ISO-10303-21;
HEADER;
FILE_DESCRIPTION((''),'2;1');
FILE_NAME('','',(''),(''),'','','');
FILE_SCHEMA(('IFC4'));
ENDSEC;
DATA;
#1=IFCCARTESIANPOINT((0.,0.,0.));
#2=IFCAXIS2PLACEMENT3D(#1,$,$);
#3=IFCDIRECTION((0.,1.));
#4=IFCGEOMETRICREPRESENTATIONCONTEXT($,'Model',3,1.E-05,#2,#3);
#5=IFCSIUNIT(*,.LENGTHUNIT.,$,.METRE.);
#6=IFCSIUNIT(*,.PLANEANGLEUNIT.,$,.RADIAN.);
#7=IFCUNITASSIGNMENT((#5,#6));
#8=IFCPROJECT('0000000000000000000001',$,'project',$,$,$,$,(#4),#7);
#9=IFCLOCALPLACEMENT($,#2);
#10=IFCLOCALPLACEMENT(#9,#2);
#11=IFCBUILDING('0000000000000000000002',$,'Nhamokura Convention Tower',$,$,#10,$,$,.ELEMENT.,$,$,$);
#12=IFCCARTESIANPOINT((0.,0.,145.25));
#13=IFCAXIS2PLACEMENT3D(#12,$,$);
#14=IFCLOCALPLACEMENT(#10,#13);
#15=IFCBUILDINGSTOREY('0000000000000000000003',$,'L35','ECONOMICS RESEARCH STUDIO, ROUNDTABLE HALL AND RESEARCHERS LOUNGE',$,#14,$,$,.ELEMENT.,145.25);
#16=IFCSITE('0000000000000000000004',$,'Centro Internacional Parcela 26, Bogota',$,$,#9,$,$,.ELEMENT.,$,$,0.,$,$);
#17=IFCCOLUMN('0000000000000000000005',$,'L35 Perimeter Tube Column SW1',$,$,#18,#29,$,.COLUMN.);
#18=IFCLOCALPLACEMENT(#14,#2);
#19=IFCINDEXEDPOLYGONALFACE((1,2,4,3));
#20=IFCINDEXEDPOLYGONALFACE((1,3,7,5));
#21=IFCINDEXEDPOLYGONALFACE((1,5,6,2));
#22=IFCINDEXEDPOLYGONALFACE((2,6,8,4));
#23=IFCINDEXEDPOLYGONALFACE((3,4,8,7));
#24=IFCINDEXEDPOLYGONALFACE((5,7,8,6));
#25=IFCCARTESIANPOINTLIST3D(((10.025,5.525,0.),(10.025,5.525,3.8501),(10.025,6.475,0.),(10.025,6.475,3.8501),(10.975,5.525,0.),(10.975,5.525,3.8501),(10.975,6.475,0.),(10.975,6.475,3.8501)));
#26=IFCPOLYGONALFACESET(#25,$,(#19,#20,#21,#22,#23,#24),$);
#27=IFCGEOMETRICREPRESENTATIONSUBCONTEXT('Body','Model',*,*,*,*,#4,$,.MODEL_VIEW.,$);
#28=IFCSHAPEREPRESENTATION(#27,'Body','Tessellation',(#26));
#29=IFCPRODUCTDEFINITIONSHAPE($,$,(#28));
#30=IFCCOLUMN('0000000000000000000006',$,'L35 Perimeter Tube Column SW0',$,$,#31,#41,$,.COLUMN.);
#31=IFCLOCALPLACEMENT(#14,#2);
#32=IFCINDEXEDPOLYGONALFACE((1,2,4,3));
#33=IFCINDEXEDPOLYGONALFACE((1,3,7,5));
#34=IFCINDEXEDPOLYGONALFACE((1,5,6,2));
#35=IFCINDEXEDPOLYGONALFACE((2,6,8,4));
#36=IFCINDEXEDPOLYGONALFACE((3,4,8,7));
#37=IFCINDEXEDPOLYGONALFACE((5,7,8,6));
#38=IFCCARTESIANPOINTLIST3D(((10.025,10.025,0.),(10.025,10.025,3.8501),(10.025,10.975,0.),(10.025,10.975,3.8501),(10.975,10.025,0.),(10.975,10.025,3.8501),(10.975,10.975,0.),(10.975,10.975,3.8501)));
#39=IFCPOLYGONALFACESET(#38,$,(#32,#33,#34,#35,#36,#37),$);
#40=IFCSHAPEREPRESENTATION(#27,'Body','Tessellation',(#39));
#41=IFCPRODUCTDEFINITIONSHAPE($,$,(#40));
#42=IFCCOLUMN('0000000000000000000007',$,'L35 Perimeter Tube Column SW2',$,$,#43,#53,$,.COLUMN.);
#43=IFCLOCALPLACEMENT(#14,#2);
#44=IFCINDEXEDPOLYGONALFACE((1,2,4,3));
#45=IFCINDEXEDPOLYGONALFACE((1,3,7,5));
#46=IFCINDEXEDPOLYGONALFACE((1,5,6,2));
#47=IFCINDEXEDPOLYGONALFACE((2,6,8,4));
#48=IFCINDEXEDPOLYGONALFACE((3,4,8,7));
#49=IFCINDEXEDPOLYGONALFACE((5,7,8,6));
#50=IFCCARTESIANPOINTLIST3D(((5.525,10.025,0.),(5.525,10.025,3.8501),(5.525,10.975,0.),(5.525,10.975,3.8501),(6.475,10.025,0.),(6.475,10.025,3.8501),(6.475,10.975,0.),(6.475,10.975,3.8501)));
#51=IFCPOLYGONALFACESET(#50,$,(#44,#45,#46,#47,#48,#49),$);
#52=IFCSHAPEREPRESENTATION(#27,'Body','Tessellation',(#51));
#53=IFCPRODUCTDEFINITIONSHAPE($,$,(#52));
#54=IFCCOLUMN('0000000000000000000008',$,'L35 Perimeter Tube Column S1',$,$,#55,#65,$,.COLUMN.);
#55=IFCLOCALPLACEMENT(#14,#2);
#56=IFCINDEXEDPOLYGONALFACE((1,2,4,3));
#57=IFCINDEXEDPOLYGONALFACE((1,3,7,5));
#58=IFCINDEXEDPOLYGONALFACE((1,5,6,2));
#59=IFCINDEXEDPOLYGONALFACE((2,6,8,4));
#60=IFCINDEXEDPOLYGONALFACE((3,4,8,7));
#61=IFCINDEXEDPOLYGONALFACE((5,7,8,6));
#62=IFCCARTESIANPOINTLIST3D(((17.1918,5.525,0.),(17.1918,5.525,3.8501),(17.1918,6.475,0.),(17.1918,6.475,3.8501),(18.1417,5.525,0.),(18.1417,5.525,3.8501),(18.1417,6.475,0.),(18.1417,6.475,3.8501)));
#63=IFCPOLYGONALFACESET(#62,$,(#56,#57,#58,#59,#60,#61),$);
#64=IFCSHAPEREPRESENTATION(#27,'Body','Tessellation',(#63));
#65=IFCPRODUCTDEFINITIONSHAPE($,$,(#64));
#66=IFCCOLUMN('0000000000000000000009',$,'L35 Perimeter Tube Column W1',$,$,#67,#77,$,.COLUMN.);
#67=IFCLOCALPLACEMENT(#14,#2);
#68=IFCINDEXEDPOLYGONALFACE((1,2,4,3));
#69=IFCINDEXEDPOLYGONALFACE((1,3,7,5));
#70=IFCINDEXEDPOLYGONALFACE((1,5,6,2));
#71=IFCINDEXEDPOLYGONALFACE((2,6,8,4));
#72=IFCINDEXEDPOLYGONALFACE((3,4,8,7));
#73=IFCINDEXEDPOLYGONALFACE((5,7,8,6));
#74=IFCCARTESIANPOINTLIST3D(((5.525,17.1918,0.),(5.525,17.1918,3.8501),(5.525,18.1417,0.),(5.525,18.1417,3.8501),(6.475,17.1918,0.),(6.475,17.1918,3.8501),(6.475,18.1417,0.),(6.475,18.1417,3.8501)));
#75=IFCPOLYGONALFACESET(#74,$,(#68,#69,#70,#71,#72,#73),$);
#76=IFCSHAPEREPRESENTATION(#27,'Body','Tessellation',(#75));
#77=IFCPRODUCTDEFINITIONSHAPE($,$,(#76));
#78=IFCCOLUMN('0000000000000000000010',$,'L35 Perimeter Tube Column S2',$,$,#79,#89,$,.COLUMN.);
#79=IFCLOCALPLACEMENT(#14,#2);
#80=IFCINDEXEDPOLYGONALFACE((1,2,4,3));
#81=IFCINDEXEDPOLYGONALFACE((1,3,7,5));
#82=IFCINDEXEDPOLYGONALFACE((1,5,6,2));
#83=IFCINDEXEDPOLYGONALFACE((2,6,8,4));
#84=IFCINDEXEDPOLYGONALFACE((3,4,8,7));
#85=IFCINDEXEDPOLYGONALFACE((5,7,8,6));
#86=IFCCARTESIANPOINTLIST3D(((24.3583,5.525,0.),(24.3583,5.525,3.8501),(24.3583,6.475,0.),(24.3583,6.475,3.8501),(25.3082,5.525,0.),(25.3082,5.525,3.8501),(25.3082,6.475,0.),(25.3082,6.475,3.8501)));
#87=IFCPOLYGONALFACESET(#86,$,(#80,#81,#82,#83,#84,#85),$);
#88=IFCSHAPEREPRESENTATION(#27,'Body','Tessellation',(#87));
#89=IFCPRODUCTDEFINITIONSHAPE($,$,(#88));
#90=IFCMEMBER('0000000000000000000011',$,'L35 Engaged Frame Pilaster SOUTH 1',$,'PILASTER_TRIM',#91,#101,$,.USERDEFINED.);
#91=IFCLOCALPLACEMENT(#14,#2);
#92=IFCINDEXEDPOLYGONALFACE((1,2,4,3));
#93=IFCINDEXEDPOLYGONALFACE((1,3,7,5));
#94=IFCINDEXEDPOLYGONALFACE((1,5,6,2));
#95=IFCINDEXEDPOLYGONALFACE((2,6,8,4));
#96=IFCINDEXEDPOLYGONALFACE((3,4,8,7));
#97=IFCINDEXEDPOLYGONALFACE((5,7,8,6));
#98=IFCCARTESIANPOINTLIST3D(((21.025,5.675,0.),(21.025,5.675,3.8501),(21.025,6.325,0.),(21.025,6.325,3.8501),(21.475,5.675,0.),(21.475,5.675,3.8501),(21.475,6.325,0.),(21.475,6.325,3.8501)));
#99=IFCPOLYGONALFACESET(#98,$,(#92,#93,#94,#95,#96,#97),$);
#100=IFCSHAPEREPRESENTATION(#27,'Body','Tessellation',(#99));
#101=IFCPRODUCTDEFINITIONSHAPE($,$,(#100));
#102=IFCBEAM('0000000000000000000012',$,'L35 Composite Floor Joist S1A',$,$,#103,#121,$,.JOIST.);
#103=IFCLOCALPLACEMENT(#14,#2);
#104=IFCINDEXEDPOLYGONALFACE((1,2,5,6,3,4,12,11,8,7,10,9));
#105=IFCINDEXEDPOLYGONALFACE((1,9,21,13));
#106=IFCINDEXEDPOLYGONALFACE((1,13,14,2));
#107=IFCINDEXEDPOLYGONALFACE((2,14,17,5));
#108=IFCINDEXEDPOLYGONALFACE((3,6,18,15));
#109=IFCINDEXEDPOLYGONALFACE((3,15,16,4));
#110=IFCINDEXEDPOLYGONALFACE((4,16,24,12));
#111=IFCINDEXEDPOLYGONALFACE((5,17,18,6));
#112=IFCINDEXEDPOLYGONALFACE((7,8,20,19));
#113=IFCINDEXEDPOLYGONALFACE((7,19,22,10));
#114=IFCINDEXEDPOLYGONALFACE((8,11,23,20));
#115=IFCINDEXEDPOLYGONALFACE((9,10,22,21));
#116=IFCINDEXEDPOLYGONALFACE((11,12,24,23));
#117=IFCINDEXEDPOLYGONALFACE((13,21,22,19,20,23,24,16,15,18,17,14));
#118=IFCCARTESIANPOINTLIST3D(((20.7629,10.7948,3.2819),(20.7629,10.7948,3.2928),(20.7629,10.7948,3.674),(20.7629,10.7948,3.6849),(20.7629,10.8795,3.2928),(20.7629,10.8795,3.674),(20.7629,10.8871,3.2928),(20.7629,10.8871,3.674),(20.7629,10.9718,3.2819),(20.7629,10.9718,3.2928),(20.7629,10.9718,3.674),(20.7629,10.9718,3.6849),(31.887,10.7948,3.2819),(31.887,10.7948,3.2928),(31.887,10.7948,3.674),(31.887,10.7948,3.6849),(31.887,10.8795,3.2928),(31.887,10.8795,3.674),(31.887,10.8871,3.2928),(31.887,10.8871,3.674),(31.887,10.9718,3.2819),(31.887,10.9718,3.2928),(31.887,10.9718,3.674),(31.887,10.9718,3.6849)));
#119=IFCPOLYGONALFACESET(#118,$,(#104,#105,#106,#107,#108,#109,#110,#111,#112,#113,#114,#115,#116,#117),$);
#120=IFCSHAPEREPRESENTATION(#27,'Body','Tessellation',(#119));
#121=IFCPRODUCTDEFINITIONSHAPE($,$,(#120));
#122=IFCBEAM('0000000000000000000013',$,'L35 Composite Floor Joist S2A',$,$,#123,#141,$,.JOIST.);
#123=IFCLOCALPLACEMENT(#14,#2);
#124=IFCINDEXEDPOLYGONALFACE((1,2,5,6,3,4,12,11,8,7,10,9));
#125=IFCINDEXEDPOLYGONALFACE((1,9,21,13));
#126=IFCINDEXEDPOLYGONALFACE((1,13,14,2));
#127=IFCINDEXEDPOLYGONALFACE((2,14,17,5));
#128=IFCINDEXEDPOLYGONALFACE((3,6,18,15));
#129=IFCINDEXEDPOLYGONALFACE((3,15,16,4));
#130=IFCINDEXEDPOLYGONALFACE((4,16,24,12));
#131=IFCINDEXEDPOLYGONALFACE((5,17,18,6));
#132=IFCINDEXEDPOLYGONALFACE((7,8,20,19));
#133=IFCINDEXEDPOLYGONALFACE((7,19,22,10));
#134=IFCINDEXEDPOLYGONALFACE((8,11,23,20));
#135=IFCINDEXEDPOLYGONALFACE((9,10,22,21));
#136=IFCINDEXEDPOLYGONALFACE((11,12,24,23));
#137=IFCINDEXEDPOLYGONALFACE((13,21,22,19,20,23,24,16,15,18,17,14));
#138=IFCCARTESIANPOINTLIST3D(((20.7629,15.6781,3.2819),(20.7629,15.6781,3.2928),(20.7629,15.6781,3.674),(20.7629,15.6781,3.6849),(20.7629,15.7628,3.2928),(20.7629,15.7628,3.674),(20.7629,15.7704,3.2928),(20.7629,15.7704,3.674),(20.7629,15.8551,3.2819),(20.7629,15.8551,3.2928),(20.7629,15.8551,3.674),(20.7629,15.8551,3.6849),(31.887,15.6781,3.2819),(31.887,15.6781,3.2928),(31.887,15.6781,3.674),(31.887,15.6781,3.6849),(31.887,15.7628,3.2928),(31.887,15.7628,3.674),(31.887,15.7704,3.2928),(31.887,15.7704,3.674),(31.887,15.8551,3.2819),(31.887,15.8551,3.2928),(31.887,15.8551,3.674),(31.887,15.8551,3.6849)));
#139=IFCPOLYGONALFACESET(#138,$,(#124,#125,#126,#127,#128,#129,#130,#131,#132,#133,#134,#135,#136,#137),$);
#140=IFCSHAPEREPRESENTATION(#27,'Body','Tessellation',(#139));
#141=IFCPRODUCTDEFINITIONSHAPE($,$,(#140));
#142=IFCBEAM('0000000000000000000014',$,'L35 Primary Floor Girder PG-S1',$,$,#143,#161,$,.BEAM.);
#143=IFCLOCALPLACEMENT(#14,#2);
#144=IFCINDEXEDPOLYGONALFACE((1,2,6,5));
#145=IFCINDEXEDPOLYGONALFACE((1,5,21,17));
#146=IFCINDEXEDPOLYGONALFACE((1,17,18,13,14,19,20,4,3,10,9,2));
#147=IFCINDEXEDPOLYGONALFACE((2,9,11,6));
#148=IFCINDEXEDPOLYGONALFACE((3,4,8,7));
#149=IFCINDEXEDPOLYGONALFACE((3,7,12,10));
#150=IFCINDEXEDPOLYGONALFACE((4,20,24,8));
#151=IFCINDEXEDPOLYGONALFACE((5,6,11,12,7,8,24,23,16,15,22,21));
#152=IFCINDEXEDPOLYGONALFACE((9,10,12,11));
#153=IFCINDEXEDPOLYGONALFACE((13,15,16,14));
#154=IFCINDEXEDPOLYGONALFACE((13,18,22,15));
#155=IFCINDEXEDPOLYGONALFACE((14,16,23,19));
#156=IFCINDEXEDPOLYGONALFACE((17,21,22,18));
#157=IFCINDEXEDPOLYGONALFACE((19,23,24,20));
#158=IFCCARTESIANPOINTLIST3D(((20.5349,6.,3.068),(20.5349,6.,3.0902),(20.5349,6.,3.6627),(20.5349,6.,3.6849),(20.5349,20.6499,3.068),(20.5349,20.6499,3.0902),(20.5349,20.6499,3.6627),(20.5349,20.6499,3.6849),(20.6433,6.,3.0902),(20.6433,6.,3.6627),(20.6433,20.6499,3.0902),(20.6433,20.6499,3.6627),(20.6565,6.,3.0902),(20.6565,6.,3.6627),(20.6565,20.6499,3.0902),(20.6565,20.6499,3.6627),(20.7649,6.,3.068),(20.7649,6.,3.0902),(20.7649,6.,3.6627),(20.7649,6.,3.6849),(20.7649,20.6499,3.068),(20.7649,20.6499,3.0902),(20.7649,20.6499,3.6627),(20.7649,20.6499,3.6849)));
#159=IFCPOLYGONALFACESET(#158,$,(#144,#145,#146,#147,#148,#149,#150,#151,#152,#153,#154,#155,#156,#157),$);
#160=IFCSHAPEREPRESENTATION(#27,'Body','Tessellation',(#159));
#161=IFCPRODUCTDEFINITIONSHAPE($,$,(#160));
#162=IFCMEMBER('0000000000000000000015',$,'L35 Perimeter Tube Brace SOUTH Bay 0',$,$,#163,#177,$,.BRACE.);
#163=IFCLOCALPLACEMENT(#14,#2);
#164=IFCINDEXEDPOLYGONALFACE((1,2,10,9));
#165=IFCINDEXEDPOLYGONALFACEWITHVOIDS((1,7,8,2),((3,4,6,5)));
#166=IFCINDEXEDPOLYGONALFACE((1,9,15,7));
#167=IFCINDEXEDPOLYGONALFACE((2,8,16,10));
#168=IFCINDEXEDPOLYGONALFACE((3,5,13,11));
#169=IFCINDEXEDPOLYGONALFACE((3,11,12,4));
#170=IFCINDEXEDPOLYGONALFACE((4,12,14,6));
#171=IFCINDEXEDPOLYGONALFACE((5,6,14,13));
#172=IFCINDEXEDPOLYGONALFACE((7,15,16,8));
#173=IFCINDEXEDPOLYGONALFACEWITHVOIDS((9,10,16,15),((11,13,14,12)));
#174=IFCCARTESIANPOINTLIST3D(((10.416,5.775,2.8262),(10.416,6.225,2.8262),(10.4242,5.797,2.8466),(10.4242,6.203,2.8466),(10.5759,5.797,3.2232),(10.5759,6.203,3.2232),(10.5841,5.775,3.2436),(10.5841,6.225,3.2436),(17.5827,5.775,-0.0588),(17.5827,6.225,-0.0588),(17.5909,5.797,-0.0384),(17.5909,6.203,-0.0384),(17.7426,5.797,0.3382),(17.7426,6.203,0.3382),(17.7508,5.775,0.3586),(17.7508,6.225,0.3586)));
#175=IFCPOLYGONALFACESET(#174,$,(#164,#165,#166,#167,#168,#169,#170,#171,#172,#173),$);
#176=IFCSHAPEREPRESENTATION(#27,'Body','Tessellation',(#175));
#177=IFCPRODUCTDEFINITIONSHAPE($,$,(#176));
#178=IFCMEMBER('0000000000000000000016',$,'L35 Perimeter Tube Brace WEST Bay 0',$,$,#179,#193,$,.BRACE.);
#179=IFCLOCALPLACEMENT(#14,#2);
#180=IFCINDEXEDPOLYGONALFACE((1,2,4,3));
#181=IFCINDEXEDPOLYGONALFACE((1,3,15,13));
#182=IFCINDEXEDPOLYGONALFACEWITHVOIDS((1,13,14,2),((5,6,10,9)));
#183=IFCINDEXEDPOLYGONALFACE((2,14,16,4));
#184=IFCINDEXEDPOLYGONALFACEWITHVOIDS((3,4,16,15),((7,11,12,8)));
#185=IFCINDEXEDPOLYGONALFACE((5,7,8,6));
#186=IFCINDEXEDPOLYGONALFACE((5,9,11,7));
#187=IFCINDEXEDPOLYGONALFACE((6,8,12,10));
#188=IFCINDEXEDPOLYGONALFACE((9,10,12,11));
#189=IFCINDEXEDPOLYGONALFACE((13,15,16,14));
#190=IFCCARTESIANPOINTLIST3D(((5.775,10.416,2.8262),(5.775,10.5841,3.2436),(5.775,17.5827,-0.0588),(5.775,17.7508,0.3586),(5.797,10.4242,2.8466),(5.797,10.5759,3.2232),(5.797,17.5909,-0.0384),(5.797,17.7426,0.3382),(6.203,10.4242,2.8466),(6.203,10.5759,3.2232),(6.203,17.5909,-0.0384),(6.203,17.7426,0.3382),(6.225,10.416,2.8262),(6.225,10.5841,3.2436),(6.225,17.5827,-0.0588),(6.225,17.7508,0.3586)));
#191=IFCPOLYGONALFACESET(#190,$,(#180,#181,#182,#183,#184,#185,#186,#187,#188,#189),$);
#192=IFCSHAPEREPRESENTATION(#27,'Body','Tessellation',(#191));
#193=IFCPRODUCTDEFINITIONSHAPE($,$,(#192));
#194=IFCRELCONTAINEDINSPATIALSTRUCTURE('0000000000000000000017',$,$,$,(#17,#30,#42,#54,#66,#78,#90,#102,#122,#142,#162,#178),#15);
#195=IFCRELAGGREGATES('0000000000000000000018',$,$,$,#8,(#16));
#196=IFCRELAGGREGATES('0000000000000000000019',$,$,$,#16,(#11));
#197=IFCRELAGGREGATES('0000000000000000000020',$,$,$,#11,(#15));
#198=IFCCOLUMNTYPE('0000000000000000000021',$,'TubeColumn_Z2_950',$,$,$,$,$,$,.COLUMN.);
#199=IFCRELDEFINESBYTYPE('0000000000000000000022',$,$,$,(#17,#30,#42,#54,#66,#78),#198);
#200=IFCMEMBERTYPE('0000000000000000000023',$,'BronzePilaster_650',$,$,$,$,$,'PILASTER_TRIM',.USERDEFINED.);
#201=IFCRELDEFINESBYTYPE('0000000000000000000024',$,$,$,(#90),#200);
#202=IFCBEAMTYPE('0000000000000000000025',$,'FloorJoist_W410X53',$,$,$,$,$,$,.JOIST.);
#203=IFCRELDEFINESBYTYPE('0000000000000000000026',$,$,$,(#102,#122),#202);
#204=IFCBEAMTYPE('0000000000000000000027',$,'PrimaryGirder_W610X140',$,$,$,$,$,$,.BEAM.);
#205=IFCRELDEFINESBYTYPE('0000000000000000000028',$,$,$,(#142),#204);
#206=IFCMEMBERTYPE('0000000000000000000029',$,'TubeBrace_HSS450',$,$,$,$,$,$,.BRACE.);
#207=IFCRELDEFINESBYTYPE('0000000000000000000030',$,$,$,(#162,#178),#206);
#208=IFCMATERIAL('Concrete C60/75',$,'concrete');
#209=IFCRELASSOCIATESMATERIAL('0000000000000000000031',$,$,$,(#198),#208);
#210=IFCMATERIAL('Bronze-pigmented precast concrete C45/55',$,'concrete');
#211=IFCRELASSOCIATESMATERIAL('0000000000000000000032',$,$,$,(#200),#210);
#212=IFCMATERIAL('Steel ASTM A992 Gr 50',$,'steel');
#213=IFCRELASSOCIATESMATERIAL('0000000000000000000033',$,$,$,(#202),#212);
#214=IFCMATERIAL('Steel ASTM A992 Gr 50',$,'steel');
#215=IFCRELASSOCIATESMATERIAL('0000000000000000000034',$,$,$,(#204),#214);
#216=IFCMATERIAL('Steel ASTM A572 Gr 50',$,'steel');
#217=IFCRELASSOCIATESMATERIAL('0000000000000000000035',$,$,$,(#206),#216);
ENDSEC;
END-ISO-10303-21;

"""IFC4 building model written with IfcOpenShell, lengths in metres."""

from ifc_helpers import new_model, si_unit, direction, frame, origin, origin_2d, place, context, subcontext, project, spatial, rectangle, hollow_rectangle, i_section, extrude, material, material_profile, profile_set, type_object, element, save


model = new_model("IFC4")

# Units and contexts
model_context = context("Model", 3, precision=1e-05, world=origin(), true_north=direction((0.0, 1.0)))
body_context = subcontext(model_context, "Body", "Model", "MODEL_VIEW")
ifc_project = project(units=[si_unit("LENGTHUNIT", "METRE"), si_unit("PLANEANGLEUNIT", "RADIAN")], contexts=[model_context])

# Site, building, storey
site_placement = place(None, origin())
site = spatial("IfcSite", under=ifc_project, at=site_placement, Name="Centro Internacional Parcela 26, Bogota", CompositionType="ELEMENT", RefElevation=0.0)
building_placement = place(site_placement, origin())
building = spatial("IfcBuilding", under=site, at=building_placement, Name="Nhamokura Convention Tower", CompositionType="ELEMENT")
storey_placement = place(building_placement, frame((0.0, 0.0, 145.25)))
storey = spatial("IfcBuildingStorey", under=building, at=storey_placement, Name="L35", Description="ECONOMICS RESEARCH STUDIO, ROUNDTABLE HALL AND RESEARCHERS LOUNGE", CompositionType="ELEMENT", Elevation=145.25)

# Columns
ifc_material_1 = material(Name="Concrete C60/75", Category="concrete")
ifc_material_profile_1 = material_profile(ifc_material_1, rectangle(XDim=0.95, YDim=0.95, at=origin_2d()))
ifc_profile_set_1 = profile_set([ifc_material_profile_1], Name="Concrete C60/75")
column_type = type_object("IfcColumnType", Name="TubeColumn_Z2_950", PredefinedType="COLUMN", material=ifc_profile_set_1)
for number, where, z_axis, x_axis, name in (
    (1, (10.5, 6.0, 0.0), (0.0, 0.0, 1.0), (1.0, 0.0, 0.0), "L35 Perimeter Tube Column SW1"),
    (2, (10.5, 10.5, 0.0), (0.0, 0.0, 1.0), (1.0, 0.0, 0.0), "L35 Perimeter Tube Column SW0"),
    (3, (6.0, 10.5, 0.0), (0.0, 0.0, 1.0), (1.0, 0.0, 0.0), "L35 Perimeter Tube Column SW2"),
    (4, (17.6667, 6.0, 0.0), (0.0, 0.0, 1.0), (1.0, 0.0, 0.0), "L35 Perimeter Tube Column S1"),
    (5, (6.0, 17.6667, 0.0), (0.0, 0.0, 1.0), (1.0, 0.0, 0.0), "L35 Perimeter Tube Column W1"),
    (6, (24.8333, 6.0, 0.0), (0.0, 0.0, 1.0), (1.0, 0.0, 0.0), "L35 Perimeter Tube Column S2"),
):
    element("IfcColumn", number, at=place(storey_placement, frame(where, z_axis=z_axis, x_axis=x_axis)), inside=storey, type_object=column_type, Name=name, PredefinedType="COLUMN", context=body_context, shape_type="SweptSolid", body=[
        extrude(rectangle(XDim=0.95, YDim=0.95, at=origin_2d()), origin(), (0.0, 0.0, 1.0), 3.8501),
    ])

# Member
ifc_material_2 = material(Name="Bronze-pigmented precast concrete C45/55", Category="concrete")
ifc_material_profile_2 = material_profile(ifc_material_2, rectangle(XDim=0.45, YDim=0.6499, at=origin_2d()))
ifc_profile_set_2 = profile_set([ifc_material_profile_2], Name="Bronze-pigmented precast concrete C45/55")
member_type_1 = type_object("IfcMemberType", Name="BronzePilaster_650", ElementType="PILASTER_TRIM", PredefinedType="USERDEFINED", material=ifc_profile_set_2)
member_placement = place(storey_placement, frame((21.25, 6.0, 0.0), z_axis=(0.0, 0.0, 1.0), x_axis=(1.0, 0.0, 0.0)))
element("IfcMember", 7, at=member_placement, inside=storey, type_object=member_type_1, Name="L35 Engaged Frame Pilaster SOUTH 1", ObjectType="PILASTER_TRIM", PredefinedType="USERDEFINED", context=body_context, shape_type="SweptSolid", body=[
    extrude(rectangle(XDim=0.45, YDim=0.6499, at=origin_2d()), origin(), (0.0, 0.0, 1.0), 3.8501),
])

# Beams
ifc_material_3 = material(Name="Steel ASTM A992 Gr 50", Category="steel")
ifc_material_profile_3 = material_profile(ifc_material_3, i_section(OverallWidth=0.177, OverallDepth=0.4031, WebThickness=0.0076, FlangeThickness=0.011, at=origin_2d()))
ifc_profile_set_3 = profile_set([ifc_material_profile_3], Name="Steel ASTM A992 Gr 50")
beam_type_1 = type_object("IfcBeamType", Name="FloorJoist_W410X53", PredefinedType="JOIST", material=ifc_profile_set_3)
for number, where, z_axis, x_axis, name in (
    (8, (20.7629, 10.8833, 3.4834), (1.0, 0.0, 0.0), (0.0, 1.0, 0.0), "L35 Composite Floor Joist S1A"),
    (9, (20.7629, 15.7666, 3.4834), (1.0, 0.0, 0.0), (0.0, 1.0, 0.0), "L35 Composite Floor Joist S2A"),
):
    element("IfcBeam", number, at=place(storey_placement, frame(where, z_axis=z_axis, x_axis=x_axis)), inside=storey, type_object=beam_type_1, Name=name, PredefinedType="JOIST", context=body_context, shape_type="SweptSolid", body=[
        extrude(i_section(OverallWidth=0.177, OverallDepth=0.4031, WebThickness=0.0076, FlangeThickness=0.011, at=origin_2d()), origin(), (0.0, 0.0, 1.0), 11.124),
    ])
ifc_material_4 = material(Name="Steel ASTM A992 Gr 50", Category="steel")
ifc_material_profile_4 = material_profile(ifc_material_4, i_section(OverallWidth=0.23, OverallDepth=0.6169, WebThickness=0.0132, FlangeThickness=0.0222, at=origin_2d()))
ifc_profile_set_4 = profile_set([ifc_material_profile_4], Name="Steel ASTM A992 Gr 50")
beam_type_2 = type_object("IfcBeamType", Name="PrimaryGirder_W610X140", PredefinedType="BEAM", material=ifc_profile_set_4)
beam_1_placement = place(storey_placement, frame((20.6499, 6.0, 3.3765), z_axis=(0.0, 1.0, 0.0), x_axis=(-1.0, 0.0, 0.0)))
element("IfcBeam", 10, at=beam_1_placement, inside=storey, type_object=beam_type_2, Name="L35 Primary Floor Girder PG-S1", PredefinedType="BEAM", context=body_context, shape_type="SweptSolid", body=[
    extrude(i_section(OverallWidth=0.23, OverallDepth=0.6169, WebThickness=0.0132, FlangeThickness=0.0222, at=origin_2d()), origin(), (0.0, 0.0, 1.0), 14.6499),
])

# Members
ifc_material_5 = material(Name="Steel ASTM A572 Gr 50", Category="steel")
ifc_material_profile_5 = material_profile(ifc_material_5, hollow_rectangle(XDim=0.45, YDim=0.45, WallThickness=0.022, at=origin_2d()))
ifc_profile_set_5 = profile_set([ifc_material_profile_5], Name="Steel ASTM A572 Gr 50")
member_type_2 = type_object("IfcMemberType", Name="TubeBrace_HSS450", PredefinedType="BRACE", material=ifc_profile_set_5)
for number, where, z_axis, x_axis, name in (
    (11, (17.6667, 6.0, 0.1499), (-0.927657, 0.0, 0.373433), (0.0, -1.0, 0.0), "L35 Perimeter Tube Brace SOUTH Bay 0"),
    (12, (6.0, 17.6667, 0.1499), (0.0, -0.927657, 0.373433), (1.0, 0.0, 0.0), "L35 Perimeter Tube Brace WEST Bay 0"),
):
    element("IfcMember", number, at=place(storey_placement, frame(where, z_axis=z_axis, x_axis=x_axis)), inside=storey, type_object=member_type_2, Name=name, PredefinedType="BRACE", context=body_context, shape_type="SweptSolid", body=[
        extrude(hollow_rectangle(XDim=0.45, YDim=0.45, WallThickness=0.022, at=origin_2d()), origin(), (0.0, 0.0, 1.0), 7.7256),
    ])

save(model, "model.ifc")
